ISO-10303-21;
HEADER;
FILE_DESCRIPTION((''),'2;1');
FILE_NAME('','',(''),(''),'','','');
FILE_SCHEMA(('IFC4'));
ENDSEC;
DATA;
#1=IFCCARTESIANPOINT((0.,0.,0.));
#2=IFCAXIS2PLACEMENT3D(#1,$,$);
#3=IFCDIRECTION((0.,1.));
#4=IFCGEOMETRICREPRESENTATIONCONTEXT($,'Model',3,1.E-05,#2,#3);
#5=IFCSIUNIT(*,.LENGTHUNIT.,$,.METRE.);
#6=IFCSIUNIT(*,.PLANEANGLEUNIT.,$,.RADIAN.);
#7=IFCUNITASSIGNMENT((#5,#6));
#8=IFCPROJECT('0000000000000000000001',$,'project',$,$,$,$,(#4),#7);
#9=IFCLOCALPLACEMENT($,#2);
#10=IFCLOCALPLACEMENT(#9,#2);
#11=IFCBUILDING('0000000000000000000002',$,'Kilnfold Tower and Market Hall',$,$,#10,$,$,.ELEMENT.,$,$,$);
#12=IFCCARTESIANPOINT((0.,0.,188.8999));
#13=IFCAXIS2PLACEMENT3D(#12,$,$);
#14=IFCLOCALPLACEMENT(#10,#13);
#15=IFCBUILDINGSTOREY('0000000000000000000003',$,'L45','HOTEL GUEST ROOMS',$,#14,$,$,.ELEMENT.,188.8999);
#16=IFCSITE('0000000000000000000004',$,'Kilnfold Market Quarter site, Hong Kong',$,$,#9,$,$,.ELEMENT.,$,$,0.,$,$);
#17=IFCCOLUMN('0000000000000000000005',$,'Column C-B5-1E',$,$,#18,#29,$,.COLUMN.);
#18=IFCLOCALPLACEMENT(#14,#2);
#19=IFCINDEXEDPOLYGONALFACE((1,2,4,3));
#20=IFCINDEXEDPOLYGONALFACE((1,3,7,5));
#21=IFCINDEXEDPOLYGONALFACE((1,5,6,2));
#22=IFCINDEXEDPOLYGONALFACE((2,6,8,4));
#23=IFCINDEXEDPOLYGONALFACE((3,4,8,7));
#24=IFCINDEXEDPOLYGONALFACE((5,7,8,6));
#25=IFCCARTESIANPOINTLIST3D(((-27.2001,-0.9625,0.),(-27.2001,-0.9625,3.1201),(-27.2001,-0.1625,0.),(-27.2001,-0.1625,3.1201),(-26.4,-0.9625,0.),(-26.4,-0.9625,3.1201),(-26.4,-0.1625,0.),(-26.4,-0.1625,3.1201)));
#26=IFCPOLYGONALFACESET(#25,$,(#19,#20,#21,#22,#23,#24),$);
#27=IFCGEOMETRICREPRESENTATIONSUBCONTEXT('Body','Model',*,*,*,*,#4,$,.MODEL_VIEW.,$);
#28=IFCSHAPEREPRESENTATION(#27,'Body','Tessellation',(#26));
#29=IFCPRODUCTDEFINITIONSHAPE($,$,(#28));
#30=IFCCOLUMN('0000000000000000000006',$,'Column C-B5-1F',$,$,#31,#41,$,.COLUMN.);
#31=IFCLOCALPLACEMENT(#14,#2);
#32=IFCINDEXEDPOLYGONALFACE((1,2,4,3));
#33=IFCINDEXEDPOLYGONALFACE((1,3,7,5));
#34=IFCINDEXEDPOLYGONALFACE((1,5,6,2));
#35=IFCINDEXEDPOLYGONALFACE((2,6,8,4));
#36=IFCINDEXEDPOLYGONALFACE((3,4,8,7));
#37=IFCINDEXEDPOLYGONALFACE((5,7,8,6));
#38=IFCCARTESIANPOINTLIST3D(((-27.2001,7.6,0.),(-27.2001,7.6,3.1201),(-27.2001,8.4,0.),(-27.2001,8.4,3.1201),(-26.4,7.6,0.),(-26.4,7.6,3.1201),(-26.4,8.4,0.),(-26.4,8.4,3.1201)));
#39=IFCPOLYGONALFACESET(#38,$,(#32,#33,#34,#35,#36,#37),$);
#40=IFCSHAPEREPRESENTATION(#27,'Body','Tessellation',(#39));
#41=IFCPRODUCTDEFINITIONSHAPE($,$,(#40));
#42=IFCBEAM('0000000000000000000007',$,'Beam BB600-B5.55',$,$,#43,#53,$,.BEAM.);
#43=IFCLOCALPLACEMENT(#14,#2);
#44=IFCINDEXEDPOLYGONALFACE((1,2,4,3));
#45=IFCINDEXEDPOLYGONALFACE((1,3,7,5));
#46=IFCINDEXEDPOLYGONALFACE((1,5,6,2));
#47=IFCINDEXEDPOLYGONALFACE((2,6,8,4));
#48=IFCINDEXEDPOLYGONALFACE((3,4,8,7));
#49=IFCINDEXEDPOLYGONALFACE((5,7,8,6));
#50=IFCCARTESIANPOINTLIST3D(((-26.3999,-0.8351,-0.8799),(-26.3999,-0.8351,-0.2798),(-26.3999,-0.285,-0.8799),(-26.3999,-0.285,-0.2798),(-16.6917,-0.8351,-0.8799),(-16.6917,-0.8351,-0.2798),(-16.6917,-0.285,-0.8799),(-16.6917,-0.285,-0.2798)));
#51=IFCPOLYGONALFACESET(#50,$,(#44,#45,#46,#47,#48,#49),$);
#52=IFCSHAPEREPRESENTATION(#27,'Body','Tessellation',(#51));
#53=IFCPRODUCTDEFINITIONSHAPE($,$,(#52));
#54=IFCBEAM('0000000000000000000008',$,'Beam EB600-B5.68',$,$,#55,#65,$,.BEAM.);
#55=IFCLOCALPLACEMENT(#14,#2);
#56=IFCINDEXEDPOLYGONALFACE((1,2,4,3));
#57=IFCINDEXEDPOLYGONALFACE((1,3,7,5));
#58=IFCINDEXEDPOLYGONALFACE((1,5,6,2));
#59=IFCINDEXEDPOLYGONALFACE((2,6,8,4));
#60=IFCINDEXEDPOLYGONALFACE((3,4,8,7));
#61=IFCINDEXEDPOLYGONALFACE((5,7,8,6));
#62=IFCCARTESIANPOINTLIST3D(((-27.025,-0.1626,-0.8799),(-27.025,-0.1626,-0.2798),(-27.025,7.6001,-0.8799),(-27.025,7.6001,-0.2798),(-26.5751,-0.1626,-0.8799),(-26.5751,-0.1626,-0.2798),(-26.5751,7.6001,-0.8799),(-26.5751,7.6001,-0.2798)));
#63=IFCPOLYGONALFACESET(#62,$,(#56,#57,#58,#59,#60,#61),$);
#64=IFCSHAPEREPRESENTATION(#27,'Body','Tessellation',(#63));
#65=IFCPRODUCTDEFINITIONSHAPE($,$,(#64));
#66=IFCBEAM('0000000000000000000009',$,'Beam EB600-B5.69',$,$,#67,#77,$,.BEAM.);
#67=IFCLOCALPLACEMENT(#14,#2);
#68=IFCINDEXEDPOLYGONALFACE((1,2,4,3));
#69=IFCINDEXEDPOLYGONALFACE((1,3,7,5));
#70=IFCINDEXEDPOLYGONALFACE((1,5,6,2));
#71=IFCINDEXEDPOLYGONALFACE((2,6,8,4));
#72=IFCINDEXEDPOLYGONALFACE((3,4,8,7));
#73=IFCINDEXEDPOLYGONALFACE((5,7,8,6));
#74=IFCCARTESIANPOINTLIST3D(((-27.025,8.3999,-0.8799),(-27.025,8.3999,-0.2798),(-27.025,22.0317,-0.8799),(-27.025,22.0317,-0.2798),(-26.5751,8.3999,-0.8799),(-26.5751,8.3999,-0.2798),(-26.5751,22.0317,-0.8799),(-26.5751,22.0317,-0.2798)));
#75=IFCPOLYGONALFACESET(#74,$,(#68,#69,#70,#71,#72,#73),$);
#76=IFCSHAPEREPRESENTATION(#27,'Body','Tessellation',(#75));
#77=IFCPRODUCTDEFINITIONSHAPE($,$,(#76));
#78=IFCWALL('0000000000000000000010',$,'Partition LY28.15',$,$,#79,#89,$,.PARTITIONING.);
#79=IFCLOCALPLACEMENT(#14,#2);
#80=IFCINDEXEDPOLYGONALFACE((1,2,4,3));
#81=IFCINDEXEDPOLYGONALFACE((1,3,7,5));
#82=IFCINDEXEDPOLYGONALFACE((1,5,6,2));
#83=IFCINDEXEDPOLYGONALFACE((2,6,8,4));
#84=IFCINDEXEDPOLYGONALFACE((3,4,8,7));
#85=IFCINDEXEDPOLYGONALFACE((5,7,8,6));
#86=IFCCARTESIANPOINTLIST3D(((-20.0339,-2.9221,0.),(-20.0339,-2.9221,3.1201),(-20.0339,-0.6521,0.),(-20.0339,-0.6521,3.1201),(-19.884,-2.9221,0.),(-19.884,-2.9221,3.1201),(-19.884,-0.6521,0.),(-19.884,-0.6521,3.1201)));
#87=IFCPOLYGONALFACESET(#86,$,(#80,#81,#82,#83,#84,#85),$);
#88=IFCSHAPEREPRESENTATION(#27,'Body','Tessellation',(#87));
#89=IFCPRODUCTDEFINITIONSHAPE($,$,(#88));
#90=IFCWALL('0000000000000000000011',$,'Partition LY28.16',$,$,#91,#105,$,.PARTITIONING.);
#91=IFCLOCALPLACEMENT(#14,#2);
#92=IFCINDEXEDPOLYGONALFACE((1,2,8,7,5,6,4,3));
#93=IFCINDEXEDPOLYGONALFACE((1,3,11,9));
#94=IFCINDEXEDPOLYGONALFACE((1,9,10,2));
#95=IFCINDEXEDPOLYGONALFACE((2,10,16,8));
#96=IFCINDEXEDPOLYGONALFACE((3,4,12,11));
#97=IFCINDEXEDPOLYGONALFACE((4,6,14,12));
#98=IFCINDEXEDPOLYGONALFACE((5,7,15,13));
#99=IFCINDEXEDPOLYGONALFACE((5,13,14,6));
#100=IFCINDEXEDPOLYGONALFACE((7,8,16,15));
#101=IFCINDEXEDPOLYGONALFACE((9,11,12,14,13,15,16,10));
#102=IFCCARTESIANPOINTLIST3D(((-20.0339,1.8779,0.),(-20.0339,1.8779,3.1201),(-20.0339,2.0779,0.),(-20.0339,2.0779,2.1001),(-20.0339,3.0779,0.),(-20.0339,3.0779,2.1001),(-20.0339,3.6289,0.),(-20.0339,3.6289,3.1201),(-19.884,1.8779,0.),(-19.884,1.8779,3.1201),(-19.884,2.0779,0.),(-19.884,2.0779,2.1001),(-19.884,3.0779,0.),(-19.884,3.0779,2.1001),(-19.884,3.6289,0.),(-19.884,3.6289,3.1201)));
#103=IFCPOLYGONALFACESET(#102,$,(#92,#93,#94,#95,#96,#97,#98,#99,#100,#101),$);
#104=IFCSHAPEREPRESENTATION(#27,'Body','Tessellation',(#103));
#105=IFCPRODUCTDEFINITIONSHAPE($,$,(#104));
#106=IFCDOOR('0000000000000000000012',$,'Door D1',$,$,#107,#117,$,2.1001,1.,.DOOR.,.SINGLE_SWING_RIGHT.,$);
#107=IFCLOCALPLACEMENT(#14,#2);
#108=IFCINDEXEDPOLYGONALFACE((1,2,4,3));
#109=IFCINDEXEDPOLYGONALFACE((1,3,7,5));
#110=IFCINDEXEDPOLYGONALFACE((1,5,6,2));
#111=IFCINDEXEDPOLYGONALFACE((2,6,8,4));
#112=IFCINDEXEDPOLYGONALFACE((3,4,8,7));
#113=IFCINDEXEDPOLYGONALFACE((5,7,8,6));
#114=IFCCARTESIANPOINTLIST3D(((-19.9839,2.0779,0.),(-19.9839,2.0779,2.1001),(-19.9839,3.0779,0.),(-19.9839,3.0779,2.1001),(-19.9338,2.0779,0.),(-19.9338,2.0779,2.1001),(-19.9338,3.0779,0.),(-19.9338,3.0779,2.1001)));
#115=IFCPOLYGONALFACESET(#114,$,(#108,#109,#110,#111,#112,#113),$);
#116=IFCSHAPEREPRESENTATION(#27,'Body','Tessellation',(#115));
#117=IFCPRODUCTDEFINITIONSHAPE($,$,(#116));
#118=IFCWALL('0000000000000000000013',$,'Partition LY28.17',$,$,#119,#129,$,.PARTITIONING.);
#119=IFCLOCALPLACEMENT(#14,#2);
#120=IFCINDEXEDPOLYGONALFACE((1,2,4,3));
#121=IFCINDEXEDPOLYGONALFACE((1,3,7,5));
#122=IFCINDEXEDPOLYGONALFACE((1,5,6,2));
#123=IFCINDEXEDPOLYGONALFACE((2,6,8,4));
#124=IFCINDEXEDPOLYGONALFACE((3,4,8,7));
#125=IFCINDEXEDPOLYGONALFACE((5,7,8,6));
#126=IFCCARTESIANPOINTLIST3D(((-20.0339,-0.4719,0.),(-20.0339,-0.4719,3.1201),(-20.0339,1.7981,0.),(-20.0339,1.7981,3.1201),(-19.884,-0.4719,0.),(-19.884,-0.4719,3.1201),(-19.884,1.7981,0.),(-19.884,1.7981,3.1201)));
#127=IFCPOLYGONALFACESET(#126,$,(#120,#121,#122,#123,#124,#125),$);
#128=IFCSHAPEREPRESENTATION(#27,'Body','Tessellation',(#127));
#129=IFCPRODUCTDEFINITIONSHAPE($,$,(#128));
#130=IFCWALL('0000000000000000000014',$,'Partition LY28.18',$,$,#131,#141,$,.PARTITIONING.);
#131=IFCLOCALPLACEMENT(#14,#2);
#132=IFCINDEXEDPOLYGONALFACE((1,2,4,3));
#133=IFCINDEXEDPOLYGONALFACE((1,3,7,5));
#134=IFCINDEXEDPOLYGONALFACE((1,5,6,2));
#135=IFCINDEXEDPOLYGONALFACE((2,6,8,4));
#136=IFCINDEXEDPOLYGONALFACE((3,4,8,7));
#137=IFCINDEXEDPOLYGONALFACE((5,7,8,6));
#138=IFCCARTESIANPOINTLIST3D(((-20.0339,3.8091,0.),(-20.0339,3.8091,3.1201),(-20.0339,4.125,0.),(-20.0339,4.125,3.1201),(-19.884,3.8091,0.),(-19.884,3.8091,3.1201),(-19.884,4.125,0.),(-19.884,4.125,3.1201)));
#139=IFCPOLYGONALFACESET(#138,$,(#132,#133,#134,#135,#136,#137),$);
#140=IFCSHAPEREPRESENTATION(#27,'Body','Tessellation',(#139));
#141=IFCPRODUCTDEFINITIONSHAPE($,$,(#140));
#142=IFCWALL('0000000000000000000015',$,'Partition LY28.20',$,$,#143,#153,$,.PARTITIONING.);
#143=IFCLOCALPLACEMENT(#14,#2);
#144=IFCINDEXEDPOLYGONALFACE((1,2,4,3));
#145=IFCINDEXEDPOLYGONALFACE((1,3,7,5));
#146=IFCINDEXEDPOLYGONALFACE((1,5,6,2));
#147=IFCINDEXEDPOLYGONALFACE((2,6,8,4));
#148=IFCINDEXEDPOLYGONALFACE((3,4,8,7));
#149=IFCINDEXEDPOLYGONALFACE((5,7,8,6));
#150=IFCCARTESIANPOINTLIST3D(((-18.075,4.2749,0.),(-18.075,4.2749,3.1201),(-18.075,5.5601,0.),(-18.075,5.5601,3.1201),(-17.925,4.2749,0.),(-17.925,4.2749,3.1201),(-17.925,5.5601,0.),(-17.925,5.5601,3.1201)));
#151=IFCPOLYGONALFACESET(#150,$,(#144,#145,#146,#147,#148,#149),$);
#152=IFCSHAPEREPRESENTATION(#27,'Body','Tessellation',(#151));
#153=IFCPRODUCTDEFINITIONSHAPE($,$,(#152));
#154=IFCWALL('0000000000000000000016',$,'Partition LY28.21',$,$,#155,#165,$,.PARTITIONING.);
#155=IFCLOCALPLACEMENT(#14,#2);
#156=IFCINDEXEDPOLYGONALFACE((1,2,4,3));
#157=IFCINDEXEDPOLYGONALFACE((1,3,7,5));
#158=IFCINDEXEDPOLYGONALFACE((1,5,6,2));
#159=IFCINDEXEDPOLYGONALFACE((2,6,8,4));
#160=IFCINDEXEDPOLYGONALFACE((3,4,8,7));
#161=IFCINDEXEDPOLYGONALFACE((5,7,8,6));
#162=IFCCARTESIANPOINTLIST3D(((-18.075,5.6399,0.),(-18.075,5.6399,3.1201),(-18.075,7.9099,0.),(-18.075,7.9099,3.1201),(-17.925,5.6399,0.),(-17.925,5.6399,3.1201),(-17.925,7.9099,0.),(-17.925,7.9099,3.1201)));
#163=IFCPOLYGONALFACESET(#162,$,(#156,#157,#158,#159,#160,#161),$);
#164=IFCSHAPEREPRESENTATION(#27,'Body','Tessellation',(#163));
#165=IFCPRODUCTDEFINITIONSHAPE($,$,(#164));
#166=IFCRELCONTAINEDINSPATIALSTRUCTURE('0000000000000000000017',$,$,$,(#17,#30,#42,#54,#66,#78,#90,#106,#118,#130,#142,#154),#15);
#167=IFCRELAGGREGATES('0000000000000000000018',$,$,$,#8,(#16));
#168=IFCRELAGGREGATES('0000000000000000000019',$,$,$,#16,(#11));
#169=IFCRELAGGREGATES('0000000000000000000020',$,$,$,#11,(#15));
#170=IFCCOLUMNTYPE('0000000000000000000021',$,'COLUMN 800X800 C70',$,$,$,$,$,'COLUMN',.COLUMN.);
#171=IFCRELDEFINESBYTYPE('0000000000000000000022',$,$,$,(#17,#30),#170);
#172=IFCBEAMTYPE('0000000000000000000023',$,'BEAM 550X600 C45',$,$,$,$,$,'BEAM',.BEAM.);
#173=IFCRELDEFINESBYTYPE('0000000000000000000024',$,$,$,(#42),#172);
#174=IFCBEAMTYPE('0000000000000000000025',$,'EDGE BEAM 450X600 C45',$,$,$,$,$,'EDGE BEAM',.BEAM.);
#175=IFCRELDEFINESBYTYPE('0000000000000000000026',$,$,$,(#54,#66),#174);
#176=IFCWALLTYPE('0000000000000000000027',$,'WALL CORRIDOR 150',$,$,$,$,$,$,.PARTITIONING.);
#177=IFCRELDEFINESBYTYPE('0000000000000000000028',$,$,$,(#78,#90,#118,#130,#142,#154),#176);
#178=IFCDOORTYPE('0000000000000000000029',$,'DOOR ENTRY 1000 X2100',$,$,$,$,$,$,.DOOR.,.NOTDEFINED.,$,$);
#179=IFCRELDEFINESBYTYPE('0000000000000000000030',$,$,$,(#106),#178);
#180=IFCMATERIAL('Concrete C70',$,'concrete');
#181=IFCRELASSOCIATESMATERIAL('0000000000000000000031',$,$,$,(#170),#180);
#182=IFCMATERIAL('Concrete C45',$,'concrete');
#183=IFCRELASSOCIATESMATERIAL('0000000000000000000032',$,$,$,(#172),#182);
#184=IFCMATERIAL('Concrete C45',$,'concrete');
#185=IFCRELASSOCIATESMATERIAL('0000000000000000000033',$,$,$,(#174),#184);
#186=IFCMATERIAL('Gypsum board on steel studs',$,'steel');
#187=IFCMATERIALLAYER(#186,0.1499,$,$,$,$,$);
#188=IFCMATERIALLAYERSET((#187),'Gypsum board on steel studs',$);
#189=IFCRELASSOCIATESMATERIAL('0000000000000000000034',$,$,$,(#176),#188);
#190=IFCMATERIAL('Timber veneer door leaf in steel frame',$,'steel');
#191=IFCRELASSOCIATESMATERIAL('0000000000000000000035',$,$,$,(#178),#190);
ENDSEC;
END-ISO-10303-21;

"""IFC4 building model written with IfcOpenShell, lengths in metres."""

from ifc_helpers import new_model, si_unit, direction, frame, frame_2d, origin, origin_2d, place, context, subcontext, project, spatial, rectangle, extrude, source, transform, mapped, material, layer, layer_set, material_profile, profile_set, type_object, element, fill, save


model = new_model("IFC4")

# Units and contexts
model_context = context("Model", 3, precision=1e-05, world=origin(), true_north=direction((0.0, 1.0)))
body_context = subcontext(model_context, "Body", "Model", "MODEL_VIEW")
ifc_project = project(units=[si_unit("LENGTHUNIT", "METRE"), si_unit("PLANEANGLEUNIT", "RADIAN")], contexts=[model_context])

# Site, building, storey
site_placement = place(None, origin())
site = spatial("IfcSite", under=ifc_project, at=site_placement, Name="Kilnfold Market Quarter site, Hong Kong", CompositionType="ELEMENT", RefElevation=0.0)
building_placement = place(site_placement, origin())
building = spatial("IfcBuilding", under=site, at=building_placement, Name="Kilnfold Tower and Market Hall", CompositionType="ELEMENT")
storey_placement = place(building_placement, frame((0.0, 0.0, 188.8999)))
storey = spatial("IfcBuildingStorey", under=building, at=storey_placement, Name="L45", Description="HOTEL GUEST ROOMS", CompositionType="ELEMENT", Elevation=188.8999)

# Columns
ifc_material_1 = material(Name="Concrete C70", Category="concrete")
ifc_material_profile_1 = material_profile(ifc_material_1, rectangle(XDim=0.8, YDim=0.8, at=origin_2d()), Name="RC 800x800")
ifc_profile_set_1 = profile_set([ifc_material_profile_1], Name="Concrete C70")
column_type = type_object("IfcColumnType", Name="COLUMN 800X800 C70", ElementType="COLUMN", PredefinedType="COLUMN", material=ifc_profile_set_1)
shared_shape_1 = source(origin(), body_context, "Body", "SweptSolid", [
    extrude(rectangle(XDim=0.8, YDim=0.8, at=origin_2d()), origin(), (0.0, 0.0, 1.0), 3.1201),
])
for number, where, z_axis, x_axis, name in (
    (1, (-26.8, -0.5625, 0.0), (0.0, 0.0, 1.0), (1.0, 0.0, 0.0), "Column C-B5-1E"),
    (2, (-26.8, 8.0, 0.0), (0.0, 0.0, 1.0), (1.0, 0.0, 0.0), "Column C-B5-1F"),
):
    element("IfcColumn", number, at=place(storey_placement, frame(where, z_axis=z_axis, x_axis=x_axis)), inside=storey, type_object=column_type, Name=name, PredefinedType="COLUMN", context=body_context, shape_type="MappedRepresentation", body=[
        mapped(shared_shape_1, transform((0.0, 0.0, 0.0))),
    ])

# Beams
ifc_material_2 = material(Name="Concrete C45", Category="concrete")
ifc_material_profile_2 = material_profile(ifc_material_2, rectangle(XDim=0.55, YDim=0.6001, at=origin_2d()), Name="RC 550x600")
ifc_profile_set_2 = profile_set([ifc_material_profile_2], Name="Concrete C45")
beam_type_1 = type_object("IfcBeamType", Name="BEAM 550X600 C45", ElementType="BEAM", PredefinedType="BEAM", material=ifc_profile_set_2)
shared_shape_2 = source(origin(), body_context, "Body", "SweptSolid", [
    extrude(rectangle(XDim=0.55, YDim=0.6001, at=origin_2d()), origin(), (0.0, 0.0, 1.0), 9.7083),
])
beam_1_placement = place(storey_placement, frame((-26.3999, -0.5601, -0.5798), z_axis=(1.0, 0.0, 0.0), x_axis=(0.0, 1.0, 0.0)))
element("IfcBeam", 3, at=beam_1_placement, inside=storey, type_object=beam_type_1, Name="Beam BB600-B5.55", PredefinedType="BEAM", context=body_context, shape_type="MappedRepresentation", body=[
    mapped(shared_shape_2, transform((0.0, 0.0, 0.0))),
])
ifc_material_3 = material(Name="Concrete C45", Category="concrete")
ifc_material_profile_3 = material_profile(ifc_material_3, rectangle(XDim=0.45, YDim=0.6001, at=origin_2d()), Name="RC 450x600")
ifc_profile_set_3 = profile_set([ifc_material_profile_3], Name="Concrete C45")
beam_type_2 = type_object("IfcBeamType", Name="EDGE BEAM 450X600 C45", ElementType="EDGE BEAM", PredefinedType="BEAM", material=ifc_profile_set_3)
shared_shape_3 = source(origin(), body_context, "Body", "SweptSolid", [
    extrude(rectangle(XDim=0.45, YDim=0.6001, at=origin_2d()), origin(), (0.0, 0.0, 1.0), 7.7627),
])
beam_2_placement = place(storey_placement, frame((-26.8, -0.1626, -0.5798), z_axis=(0.0, 1.0, 0.0), x_axis=(-1.0, 0.0, 0.0)))
element("IfcBeam", 4, at=beam_2_placement, inside=storey, type_object=beam_type_2, Name="Beam EB600-B5.68", PredefinedType="BEAM", context=body_context, shape_type="MappedRepresentation", body=[
    mapped(shared_shape_3, transform((0.0, 0.0, 0.0))),
])
shared_shape_4 = source(origin(), body_context, "Body", "SweptSolid", [
    extrude(rectangle(XDim=0.45, YDim=0.6001, at=origin_2d()), origin(), (0.0, 0.0, 1.0), 13.6318),
])
beam_3_placement = place(storey_placement, frame((-26.8, 8.3999, -0.5798), z_axis=(0.0, 1.0, 0.0), x_axis=(-1.0, 0.0, 0.0)))
element("IfcBeam", 5, at=beam_3_placement, inside=storey, type_object=beam_type_2, Name="Beam EB600-B5.69", PredefinedType="BEAM", context=body_context, shape_type="MappedRepresentation", body=[
    mapped(shared_shape_4, transform((0.0, 0.0, 0.0))),
])

# Wall
ifc_material_4 = material(Name="Gypsum board on steel studs", Category="steel")
ifc_layer_1 = layer(ifc_material_4, 0.1499)
ifc_layer_set_1 = layer_set([ifc_layer_1], Name="Gypsum board on steel studs")
wall_type_1 = type_object("IfcWallType", Name="WALL CORRIDOR 150", PredefinedType="PARTITIONING", material=ifc_layer_set_1)
wall_1_placement = place(storey_placement, frame((-19.959, -2.9221, 0.0), z_axis=(0.0, 0.0, 1.0), x_axis=(0.0, 1.0, 0.0)))
element("IfcWall", 6, at=wall_1_placement, inside=storey, type_object=wall_type_1, Name="Partition LY28.15", PredefinedType="PARTITIONING", context=body_context, shape_type="SweptSolid", body=[
    extrude(rectangle(XDim=2.27, YDim=0.1499, at=frame_2d((1.135, 0.0))), origin(), (0.0, 0.0, 1.0), 3.1201),
])

# Wall, opening, door
wall_2_placement = place(storey_placement, frame((-19.959, 1.8779, 0.0), z_axis=(0.0, 0.0, 1.0), x_axis=(0.0, 1.0, 0.0)))
wall_2 = element("IfcWall", 7, at=wall_2_placement, inside=storey, type_object=wall_type_1, Name="Partition LY28.16", PredefinedType="PARTITIONING", context=body_context, shape_type="SweptSolid", body=[
    extrude(rectangle(XDim=1.751, YDim=0.1499, at=frame_2d((0.8755, 0.0))), origin(), (0.0, 0.0, 1.0), 3.1201),
])
opening_1_placement = place(wall_2_placement, frame((0.2, 0.0, 0.0)))
opening_1 = element("IfcOpeningElement", 8, at=opening_1_placement, cuts=wall_2, PredefinedType="OPENING", context=body_context, shape_type="SweptSolid", body=[
    extrude(rectangle(XDim=1.0, YDim=2.1001, at=frame_2d((0.5, 1.05))), frame((0.0, 0.085, 0.0), z_axis=(0.0, -1.0, 0.0), x_axis=(1.0, 0.0, 0.0)), (0.0, 0.0, 1.0), 0.1699),
])
ifc_material_5 = material(Name="Timber veneer door leaf in steel frame", Category="steel")
door_type_1 = type_object("IfcDoorType", Name="DOOR ENTRY 1000 X2100", OperationType="NOTDEFINED", PredefinedType="DOOR", material=ifc_material_5)
door_1_placement = place(opening_1_placement, origin())
door_1 = element("IfcDoor", 9, at=door_1_placement, inside=storey, type_object=door_type_1, Name="Door D1", OperationType="SINGLE_SWING_RIGHT", OverallHeight=2.1001, OverallWidth=1.0, PredefinedType="DOOR", context=body_context, shape_type="SweptSolid", body=[
    extrude(rectangle(XDim=1.0, YDim=2.1001, at=frame_2d((0.5, 1.05))), frame((0.0, 0.0249, 0.0), z_axis=(0.0, -1.0, 0.0), x_axis=(1.0, 0.0, 0.0)), (0.0, 0.0, 1.0), 0.05),
])
fill(opening_1, door_1)

# Walls
wall_3_placement = place(storey_placement, frame((-19.959, -0.4719, 0.0), z_axis=(0.0, 0.0, 1.0), x_axis=(0.0, 1.0, 0.0)))
element("IfcWall", 10, at=wall_3_placement, inside=storey, type_object=wall_type_1, Name="Partition LY28.17", PredefinedType="PARTITIONING", context=body_context, shape_type="SweptSolid", body=[
    extrude(rectangle(XDim=2.27, YDim=0.1499, at=frame_2d((1.135, 0.0))), origin(), (0.0, 0.0, 1.0), 3.1201),
])
wall_4_placement = place(storey_placement, frame((-19.959, 3.8091, 0.0), z_axis=(0.0, 0.0, 1.0), x_axis=(0.0, 1.0, 0.0)))
element("IfcWall", 11, at=wall_4_placement, inside=storey, type_object=wall_type_1, Name="Partition LY28.18", PredefinedType="PARTITIONING", context=body_context, shape_type="SweptSolid", body=[
    extrude(rectangle(XDim=0.3159, YDim=0.1499, at=frame_2d((0.158, 0.0))), origin(), (0.0, 0.0, 1.0), 3.1201),
])
wall_5_placement = place(storey_placement, frame((-18.0, 4.2749, 0.0), z_axis=(0.0, 0.0, 1.0), x_axis=(0.0, 1.0, 0.0)))
element("IfcWall", 12, at=wall_5_placement, inside=storey, type_object=wall_type_1, Name="Partition LY28.20", PredefinedType="PARTITIONING", context=body_context, shape_type="SweptSolid", body=[
    extrude(rectangle(XDim=1.2852, YDim=0.1499, at=frame_2d((0.6426, 0.0))), origin(), (0.0, 0.0, 1.0), 3.1201),
])
wall_6_placement = place(storey_placement, frame((-18.0, 5.6399, 0.0), z_axis=(0.0, 0.0, 1.0), x_axis=(0.0, 1.0, 0.0)))
element("IfcWall", 13, at=wall_6_placement, inside=storey, type_object=wall_type_1, Name="Partition LY28.21", PredefinedType="PARTITIONING", context=body_context, shape_type="SweptSolid", body=[
    extrude(rectangle(XDim=2.27, YDim=0.1499, at=frame_2d((1.135, 0.0))), origin(), (0.0, 0.0, 1.0), 3.1201),
])

save(model, "model.ifc")
